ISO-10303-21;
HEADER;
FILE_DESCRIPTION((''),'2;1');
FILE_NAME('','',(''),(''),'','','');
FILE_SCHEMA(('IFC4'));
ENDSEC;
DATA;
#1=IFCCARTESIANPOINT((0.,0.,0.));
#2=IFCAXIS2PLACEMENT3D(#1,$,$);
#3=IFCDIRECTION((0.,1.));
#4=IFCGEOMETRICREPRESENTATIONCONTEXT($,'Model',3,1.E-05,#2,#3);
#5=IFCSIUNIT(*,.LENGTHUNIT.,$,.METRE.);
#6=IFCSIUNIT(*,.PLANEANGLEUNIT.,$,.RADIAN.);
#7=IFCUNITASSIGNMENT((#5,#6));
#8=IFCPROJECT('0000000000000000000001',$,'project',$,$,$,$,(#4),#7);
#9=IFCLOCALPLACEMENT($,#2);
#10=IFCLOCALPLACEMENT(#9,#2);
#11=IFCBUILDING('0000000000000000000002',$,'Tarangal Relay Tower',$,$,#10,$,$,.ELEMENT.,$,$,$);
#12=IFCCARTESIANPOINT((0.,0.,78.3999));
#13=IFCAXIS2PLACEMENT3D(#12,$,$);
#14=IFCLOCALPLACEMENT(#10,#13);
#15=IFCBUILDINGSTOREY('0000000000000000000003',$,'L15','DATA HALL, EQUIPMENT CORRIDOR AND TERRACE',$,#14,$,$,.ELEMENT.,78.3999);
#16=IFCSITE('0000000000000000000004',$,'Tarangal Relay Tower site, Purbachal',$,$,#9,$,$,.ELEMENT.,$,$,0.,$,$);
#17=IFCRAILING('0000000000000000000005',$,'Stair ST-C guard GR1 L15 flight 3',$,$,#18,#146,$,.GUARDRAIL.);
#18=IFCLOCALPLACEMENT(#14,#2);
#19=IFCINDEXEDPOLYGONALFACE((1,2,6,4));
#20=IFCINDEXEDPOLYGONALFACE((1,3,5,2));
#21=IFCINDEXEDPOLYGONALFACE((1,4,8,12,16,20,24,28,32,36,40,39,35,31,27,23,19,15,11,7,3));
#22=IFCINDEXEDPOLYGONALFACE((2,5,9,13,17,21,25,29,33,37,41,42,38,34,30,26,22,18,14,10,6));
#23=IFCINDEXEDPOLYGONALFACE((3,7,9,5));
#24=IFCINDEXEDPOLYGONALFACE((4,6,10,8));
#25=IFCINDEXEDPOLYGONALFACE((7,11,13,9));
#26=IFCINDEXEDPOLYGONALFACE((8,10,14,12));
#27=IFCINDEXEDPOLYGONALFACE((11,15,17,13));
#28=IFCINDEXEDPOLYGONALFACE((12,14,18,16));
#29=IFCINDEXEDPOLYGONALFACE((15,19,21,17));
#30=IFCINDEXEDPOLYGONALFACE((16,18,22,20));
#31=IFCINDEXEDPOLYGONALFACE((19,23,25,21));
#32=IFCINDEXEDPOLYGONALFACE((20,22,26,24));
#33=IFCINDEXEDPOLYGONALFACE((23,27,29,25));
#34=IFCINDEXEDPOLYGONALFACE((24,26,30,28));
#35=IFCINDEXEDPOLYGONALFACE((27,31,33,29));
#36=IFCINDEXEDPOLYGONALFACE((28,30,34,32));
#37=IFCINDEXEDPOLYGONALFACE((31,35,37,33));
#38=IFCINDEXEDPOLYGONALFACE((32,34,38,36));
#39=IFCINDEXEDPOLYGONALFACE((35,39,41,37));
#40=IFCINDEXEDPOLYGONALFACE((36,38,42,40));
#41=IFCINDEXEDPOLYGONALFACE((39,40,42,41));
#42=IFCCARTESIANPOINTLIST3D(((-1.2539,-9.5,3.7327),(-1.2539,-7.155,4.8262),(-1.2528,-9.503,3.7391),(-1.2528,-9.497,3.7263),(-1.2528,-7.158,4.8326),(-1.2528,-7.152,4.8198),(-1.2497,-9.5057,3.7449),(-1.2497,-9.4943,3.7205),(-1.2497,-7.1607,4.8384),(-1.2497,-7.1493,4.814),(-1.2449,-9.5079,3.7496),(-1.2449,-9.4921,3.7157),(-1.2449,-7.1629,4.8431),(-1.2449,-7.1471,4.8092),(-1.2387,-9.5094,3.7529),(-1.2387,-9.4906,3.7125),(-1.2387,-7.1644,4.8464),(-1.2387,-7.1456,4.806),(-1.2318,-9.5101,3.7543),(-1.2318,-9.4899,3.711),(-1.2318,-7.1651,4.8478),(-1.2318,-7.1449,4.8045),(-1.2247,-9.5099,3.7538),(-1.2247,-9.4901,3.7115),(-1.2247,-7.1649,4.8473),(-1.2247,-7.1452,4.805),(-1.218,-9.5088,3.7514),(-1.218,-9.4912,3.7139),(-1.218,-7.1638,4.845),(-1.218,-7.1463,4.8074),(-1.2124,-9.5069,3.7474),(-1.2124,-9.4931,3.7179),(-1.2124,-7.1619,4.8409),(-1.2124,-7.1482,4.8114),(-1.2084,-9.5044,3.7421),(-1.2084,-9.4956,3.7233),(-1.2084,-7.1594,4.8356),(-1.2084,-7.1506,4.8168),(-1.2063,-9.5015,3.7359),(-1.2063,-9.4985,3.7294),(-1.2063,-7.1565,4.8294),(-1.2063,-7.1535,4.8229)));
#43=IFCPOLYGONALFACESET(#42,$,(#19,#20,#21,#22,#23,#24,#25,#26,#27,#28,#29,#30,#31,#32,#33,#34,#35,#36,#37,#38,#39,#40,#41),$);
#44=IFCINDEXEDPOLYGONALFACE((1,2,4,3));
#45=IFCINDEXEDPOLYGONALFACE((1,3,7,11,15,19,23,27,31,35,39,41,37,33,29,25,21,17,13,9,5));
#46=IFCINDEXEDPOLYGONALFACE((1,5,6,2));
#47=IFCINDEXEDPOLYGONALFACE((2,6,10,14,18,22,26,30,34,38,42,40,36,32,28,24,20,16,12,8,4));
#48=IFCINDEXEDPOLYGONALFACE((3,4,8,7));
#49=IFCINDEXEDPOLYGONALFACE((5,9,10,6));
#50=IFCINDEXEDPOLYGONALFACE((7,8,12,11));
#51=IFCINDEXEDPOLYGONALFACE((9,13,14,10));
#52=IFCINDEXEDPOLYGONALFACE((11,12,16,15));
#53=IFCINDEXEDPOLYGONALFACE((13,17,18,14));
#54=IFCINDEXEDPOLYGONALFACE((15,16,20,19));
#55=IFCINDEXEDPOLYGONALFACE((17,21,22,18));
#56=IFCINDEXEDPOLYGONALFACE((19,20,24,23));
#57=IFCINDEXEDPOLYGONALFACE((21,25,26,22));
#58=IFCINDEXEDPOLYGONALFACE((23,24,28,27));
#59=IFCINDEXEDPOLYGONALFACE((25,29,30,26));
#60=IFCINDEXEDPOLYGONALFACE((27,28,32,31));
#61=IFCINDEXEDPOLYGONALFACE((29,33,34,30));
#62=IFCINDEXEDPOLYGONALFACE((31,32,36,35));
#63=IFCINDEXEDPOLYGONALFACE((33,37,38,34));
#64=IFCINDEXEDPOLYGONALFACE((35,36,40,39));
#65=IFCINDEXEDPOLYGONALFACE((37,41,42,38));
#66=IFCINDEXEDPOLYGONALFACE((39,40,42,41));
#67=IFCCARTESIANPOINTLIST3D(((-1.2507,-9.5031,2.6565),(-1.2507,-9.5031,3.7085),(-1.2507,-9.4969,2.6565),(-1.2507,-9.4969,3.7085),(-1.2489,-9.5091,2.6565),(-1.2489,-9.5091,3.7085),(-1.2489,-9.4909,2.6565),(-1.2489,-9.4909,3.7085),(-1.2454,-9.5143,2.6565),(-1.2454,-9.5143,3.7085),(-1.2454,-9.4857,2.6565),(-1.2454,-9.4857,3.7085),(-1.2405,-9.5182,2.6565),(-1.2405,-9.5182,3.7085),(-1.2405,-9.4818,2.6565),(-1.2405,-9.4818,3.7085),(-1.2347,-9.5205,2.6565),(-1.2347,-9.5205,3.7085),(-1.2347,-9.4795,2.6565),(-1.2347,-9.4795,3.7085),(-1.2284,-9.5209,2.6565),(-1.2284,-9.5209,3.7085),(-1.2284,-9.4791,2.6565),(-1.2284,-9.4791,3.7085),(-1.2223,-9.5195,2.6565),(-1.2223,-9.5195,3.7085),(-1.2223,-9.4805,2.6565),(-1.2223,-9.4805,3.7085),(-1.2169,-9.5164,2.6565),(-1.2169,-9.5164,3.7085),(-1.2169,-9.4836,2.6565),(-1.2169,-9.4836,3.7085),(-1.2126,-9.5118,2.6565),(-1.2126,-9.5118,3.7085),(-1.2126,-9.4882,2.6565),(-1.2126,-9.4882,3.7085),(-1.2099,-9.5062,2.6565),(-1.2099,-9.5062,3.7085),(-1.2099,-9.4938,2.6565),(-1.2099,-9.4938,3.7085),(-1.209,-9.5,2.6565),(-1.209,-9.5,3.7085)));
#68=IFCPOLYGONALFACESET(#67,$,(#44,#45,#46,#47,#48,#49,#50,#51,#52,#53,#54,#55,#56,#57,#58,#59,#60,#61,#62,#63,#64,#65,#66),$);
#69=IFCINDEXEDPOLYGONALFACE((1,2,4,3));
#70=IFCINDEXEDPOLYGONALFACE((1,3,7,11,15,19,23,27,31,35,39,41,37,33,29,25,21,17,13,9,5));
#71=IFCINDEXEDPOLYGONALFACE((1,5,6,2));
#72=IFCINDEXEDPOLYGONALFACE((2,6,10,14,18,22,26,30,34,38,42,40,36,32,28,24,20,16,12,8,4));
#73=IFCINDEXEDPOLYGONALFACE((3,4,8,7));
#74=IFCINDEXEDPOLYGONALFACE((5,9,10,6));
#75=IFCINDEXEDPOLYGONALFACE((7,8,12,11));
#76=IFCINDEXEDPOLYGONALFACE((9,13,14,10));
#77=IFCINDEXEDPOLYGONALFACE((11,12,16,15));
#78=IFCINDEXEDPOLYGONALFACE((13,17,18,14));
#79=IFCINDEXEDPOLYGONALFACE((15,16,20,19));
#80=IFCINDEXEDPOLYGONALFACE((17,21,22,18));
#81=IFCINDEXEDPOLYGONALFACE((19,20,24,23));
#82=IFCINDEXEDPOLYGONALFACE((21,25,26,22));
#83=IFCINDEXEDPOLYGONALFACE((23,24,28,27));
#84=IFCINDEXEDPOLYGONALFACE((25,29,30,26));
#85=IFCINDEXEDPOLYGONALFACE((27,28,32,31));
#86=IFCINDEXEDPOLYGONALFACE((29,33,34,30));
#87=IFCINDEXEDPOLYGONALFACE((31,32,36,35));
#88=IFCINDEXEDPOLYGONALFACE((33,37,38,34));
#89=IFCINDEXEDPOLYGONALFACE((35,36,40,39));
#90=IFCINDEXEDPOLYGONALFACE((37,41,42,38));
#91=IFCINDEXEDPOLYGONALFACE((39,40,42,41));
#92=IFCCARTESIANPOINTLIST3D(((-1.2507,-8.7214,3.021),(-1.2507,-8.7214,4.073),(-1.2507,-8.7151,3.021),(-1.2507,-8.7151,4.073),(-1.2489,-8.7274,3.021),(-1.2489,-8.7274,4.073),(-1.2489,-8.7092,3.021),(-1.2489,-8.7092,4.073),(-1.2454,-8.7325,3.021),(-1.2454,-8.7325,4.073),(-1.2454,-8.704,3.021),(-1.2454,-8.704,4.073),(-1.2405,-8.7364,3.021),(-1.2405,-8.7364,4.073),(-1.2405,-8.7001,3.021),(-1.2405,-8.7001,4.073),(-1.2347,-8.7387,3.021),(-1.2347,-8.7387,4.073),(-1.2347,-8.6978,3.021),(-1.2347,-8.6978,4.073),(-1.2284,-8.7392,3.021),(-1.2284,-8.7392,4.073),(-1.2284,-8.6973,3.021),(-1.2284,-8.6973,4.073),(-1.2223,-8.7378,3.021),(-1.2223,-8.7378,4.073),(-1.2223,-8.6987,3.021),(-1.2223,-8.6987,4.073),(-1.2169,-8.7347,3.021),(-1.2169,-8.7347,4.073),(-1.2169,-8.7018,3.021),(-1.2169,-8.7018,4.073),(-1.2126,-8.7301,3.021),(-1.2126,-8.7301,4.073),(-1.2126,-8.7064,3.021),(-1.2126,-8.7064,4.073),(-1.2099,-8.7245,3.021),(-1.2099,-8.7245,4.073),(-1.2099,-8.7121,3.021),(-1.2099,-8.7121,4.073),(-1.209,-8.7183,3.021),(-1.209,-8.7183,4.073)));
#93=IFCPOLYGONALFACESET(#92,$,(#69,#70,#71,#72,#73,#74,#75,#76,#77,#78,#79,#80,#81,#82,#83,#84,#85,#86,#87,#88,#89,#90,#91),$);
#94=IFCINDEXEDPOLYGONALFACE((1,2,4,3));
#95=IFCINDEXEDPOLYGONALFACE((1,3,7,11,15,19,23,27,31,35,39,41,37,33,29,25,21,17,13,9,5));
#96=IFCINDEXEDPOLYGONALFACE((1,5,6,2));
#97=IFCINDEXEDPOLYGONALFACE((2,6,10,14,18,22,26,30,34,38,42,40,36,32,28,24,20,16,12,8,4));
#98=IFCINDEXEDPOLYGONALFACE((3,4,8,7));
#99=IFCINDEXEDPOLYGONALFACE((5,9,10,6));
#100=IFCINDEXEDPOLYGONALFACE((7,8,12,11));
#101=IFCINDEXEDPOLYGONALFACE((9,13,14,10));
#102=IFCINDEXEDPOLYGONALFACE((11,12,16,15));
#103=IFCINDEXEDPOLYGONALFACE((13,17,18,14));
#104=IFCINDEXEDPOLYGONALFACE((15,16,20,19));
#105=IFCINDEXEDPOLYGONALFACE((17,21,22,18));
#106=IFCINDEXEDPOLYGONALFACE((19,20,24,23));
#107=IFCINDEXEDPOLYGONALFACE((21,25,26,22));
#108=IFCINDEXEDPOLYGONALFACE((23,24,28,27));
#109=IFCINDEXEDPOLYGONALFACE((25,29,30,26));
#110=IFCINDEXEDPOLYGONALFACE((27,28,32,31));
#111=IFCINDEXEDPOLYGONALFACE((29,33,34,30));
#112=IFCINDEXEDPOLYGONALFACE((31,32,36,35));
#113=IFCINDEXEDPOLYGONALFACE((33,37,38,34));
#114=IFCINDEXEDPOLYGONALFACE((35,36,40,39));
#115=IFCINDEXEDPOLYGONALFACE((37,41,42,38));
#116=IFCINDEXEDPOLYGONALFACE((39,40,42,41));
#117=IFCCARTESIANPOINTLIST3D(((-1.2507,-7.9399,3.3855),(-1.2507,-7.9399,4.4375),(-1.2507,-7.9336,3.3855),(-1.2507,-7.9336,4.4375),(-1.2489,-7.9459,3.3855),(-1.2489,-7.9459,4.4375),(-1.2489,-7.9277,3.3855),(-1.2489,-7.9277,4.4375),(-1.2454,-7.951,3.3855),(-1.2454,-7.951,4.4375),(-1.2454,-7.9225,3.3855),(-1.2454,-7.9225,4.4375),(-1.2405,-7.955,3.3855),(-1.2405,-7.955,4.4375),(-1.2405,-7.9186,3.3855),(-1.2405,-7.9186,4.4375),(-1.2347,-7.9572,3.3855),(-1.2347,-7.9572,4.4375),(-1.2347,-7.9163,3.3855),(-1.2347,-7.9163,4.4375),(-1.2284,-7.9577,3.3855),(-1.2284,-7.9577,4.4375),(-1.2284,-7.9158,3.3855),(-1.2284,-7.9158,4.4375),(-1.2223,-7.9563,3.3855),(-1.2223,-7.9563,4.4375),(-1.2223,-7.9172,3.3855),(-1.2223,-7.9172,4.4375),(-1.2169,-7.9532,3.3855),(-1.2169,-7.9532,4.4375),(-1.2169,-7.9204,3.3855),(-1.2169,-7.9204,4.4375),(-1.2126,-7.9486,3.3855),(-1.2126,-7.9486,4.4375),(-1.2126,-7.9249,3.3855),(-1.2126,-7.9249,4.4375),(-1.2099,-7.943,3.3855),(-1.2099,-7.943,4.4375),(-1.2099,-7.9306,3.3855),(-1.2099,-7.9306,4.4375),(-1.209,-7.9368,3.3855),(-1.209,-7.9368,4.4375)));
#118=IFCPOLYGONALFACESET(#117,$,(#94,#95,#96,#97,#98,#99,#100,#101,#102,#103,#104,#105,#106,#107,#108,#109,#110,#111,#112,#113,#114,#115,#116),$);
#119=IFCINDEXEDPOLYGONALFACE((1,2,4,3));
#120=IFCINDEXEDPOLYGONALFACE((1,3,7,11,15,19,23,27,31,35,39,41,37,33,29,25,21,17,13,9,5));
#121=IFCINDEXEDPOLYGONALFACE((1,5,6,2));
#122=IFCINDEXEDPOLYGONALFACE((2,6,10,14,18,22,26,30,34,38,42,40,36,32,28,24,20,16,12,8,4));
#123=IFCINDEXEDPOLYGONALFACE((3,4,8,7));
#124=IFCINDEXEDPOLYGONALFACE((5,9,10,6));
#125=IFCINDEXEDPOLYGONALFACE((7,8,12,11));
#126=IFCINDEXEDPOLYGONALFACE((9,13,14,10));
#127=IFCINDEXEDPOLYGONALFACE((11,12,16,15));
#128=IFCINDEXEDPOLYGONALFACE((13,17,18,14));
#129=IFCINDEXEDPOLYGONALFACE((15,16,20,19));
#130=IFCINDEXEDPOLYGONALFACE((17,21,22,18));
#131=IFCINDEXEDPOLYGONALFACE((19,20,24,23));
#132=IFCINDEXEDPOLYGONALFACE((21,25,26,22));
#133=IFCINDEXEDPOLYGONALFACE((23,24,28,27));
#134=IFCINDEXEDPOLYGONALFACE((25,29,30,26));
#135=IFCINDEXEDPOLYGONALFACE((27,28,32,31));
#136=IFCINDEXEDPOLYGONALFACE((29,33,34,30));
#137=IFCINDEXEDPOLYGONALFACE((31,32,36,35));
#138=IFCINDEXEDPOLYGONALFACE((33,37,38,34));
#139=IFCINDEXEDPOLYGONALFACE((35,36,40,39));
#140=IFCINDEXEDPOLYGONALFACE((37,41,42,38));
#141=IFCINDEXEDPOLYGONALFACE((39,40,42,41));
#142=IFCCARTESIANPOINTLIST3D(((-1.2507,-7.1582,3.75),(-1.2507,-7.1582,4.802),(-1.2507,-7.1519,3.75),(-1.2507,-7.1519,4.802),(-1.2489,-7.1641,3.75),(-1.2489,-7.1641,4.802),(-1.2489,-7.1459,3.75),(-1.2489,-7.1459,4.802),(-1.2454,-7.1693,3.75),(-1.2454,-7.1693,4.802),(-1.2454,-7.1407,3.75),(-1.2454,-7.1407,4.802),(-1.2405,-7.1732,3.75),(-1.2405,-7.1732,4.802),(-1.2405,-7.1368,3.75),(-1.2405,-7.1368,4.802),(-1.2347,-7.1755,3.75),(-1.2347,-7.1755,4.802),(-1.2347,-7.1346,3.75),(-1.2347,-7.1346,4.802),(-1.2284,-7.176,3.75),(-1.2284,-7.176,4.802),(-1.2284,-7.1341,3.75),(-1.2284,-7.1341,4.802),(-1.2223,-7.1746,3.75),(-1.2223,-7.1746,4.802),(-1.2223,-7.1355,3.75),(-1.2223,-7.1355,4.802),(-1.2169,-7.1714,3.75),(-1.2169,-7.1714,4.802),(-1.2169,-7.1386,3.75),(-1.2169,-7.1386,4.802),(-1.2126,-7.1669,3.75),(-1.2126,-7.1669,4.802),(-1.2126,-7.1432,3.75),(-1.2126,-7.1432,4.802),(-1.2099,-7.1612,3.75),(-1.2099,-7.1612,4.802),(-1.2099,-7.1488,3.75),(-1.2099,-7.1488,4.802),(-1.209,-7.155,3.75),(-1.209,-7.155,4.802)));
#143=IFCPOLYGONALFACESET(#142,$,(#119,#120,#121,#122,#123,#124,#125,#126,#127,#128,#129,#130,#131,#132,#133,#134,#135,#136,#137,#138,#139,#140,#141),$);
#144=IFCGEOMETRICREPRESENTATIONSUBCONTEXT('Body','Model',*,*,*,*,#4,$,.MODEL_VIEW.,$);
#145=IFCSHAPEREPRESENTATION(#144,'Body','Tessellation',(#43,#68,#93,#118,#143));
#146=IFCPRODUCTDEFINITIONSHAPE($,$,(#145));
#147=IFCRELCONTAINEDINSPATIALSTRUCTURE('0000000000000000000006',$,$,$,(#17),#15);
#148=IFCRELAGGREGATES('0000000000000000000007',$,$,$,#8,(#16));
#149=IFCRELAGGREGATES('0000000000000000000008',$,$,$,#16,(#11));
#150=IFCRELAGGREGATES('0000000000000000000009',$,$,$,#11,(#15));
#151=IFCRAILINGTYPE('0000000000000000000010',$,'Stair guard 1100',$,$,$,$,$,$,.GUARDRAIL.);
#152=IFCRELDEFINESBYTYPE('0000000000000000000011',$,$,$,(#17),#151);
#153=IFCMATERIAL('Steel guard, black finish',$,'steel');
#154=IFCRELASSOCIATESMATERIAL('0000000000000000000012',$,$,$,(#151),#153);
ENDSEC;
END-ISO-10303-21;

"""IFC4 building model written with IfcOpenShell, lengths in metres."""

from ifc_helpers import new_model, si_unit, direction, frame, origin, origin_2d, place, context, subcontext, project, spatial, circle, extrude, material, type_object, element, save


model = new_model("IFC4")

# Units and contexts
model_context = context("Model", 3, precision=1e-05, world=origin(), true_north=direction((0.0, 1.0)))
body_context = subcontext(model_context, "Body", "Model", "MODEL_VIEW")
ifc_project = project(units=[si_unit("LENGTHUNIT", "METRE"), si_unit("PLANEANGLEUNIT", "RADIAN")], contexts=[model_context])

# Site, building, storey
site_placement = place(None, origin())
site = spatial("IfcSite", under=ifc_project, at=site_placement, Name="Tarangal Relay Tower site, Purbachal", CompositionType="ELEMENT", RefElevation=0.0)
building_placement = place(site_placement, origin())
building = spatial("IfcBuilding", under=site, at=building_placement, Name="Tarangal Relay Tower", CompositionType="ELEMENT")
storey_placement = place(building_placement, frame((0.0, 0.0, 78.3999)))
storey = spatial("IfcBuildingStorey", under=building, at=storey_placement, Name="L15", Description="DATA HALL, EQUIPMENT CORRIDOR AND TERRACE", CompositionType="ELEMENT", Elevation=78.3999)

# Railing
ifc_material_1 = material(Name="Steel guard, black finish", Category="steel")
railing_type_1 = type_object("IfcRailingType", Name="Stair guard 1100", PredefinedType="GUARDRAIL", material=ifc_material_1)
for number, where, name in (
    (1, (-1.23, -9.5, 2.6565), "Stair ST-C guard GR1 L15 flight 3"),
):
    element("IfcRailing", number, at=place(storey_placement, frame(where)), inside=storey, type_object=railing_type_1, Name=name, PredefinedType="GUARDRAIL", context=body_context, shape_type="SweptSolid", body=[
        extrude(circle(Radius=0.0239, at=origin_2d()), frame((0.0, 0.0, 1.0762), z_axis=(0.0, 0.906304, 0.422627), x_axis=(-1.0, 0.0, 0.0)), (0.0, 0.0, 1.0), 2.5874),
        extrude(circle(Radius=0.021, at=origin_2d()), origin(), (0.0, 0.0, 1.0), 1.052),
        extrude(circle(Radius=0.021, at=origin_2d()), frame((0.0, 0.7817, 0.3645)), (0.0, 0.0, 1.0), 1.052),
        extrude(circle(Radius=0.021, at=origin_2d()), frame((0.0, 1.5632, 0.729)), (0.0, 0.0, 1.0), 1.052),
        extrude(circle(Radius=0.021, at=origin_2d()), frame((0.0, 2.345, 1.0935)), (0.0, 0.0, 1.0), 1.052),
    ])

save(model, "model.ifc")
